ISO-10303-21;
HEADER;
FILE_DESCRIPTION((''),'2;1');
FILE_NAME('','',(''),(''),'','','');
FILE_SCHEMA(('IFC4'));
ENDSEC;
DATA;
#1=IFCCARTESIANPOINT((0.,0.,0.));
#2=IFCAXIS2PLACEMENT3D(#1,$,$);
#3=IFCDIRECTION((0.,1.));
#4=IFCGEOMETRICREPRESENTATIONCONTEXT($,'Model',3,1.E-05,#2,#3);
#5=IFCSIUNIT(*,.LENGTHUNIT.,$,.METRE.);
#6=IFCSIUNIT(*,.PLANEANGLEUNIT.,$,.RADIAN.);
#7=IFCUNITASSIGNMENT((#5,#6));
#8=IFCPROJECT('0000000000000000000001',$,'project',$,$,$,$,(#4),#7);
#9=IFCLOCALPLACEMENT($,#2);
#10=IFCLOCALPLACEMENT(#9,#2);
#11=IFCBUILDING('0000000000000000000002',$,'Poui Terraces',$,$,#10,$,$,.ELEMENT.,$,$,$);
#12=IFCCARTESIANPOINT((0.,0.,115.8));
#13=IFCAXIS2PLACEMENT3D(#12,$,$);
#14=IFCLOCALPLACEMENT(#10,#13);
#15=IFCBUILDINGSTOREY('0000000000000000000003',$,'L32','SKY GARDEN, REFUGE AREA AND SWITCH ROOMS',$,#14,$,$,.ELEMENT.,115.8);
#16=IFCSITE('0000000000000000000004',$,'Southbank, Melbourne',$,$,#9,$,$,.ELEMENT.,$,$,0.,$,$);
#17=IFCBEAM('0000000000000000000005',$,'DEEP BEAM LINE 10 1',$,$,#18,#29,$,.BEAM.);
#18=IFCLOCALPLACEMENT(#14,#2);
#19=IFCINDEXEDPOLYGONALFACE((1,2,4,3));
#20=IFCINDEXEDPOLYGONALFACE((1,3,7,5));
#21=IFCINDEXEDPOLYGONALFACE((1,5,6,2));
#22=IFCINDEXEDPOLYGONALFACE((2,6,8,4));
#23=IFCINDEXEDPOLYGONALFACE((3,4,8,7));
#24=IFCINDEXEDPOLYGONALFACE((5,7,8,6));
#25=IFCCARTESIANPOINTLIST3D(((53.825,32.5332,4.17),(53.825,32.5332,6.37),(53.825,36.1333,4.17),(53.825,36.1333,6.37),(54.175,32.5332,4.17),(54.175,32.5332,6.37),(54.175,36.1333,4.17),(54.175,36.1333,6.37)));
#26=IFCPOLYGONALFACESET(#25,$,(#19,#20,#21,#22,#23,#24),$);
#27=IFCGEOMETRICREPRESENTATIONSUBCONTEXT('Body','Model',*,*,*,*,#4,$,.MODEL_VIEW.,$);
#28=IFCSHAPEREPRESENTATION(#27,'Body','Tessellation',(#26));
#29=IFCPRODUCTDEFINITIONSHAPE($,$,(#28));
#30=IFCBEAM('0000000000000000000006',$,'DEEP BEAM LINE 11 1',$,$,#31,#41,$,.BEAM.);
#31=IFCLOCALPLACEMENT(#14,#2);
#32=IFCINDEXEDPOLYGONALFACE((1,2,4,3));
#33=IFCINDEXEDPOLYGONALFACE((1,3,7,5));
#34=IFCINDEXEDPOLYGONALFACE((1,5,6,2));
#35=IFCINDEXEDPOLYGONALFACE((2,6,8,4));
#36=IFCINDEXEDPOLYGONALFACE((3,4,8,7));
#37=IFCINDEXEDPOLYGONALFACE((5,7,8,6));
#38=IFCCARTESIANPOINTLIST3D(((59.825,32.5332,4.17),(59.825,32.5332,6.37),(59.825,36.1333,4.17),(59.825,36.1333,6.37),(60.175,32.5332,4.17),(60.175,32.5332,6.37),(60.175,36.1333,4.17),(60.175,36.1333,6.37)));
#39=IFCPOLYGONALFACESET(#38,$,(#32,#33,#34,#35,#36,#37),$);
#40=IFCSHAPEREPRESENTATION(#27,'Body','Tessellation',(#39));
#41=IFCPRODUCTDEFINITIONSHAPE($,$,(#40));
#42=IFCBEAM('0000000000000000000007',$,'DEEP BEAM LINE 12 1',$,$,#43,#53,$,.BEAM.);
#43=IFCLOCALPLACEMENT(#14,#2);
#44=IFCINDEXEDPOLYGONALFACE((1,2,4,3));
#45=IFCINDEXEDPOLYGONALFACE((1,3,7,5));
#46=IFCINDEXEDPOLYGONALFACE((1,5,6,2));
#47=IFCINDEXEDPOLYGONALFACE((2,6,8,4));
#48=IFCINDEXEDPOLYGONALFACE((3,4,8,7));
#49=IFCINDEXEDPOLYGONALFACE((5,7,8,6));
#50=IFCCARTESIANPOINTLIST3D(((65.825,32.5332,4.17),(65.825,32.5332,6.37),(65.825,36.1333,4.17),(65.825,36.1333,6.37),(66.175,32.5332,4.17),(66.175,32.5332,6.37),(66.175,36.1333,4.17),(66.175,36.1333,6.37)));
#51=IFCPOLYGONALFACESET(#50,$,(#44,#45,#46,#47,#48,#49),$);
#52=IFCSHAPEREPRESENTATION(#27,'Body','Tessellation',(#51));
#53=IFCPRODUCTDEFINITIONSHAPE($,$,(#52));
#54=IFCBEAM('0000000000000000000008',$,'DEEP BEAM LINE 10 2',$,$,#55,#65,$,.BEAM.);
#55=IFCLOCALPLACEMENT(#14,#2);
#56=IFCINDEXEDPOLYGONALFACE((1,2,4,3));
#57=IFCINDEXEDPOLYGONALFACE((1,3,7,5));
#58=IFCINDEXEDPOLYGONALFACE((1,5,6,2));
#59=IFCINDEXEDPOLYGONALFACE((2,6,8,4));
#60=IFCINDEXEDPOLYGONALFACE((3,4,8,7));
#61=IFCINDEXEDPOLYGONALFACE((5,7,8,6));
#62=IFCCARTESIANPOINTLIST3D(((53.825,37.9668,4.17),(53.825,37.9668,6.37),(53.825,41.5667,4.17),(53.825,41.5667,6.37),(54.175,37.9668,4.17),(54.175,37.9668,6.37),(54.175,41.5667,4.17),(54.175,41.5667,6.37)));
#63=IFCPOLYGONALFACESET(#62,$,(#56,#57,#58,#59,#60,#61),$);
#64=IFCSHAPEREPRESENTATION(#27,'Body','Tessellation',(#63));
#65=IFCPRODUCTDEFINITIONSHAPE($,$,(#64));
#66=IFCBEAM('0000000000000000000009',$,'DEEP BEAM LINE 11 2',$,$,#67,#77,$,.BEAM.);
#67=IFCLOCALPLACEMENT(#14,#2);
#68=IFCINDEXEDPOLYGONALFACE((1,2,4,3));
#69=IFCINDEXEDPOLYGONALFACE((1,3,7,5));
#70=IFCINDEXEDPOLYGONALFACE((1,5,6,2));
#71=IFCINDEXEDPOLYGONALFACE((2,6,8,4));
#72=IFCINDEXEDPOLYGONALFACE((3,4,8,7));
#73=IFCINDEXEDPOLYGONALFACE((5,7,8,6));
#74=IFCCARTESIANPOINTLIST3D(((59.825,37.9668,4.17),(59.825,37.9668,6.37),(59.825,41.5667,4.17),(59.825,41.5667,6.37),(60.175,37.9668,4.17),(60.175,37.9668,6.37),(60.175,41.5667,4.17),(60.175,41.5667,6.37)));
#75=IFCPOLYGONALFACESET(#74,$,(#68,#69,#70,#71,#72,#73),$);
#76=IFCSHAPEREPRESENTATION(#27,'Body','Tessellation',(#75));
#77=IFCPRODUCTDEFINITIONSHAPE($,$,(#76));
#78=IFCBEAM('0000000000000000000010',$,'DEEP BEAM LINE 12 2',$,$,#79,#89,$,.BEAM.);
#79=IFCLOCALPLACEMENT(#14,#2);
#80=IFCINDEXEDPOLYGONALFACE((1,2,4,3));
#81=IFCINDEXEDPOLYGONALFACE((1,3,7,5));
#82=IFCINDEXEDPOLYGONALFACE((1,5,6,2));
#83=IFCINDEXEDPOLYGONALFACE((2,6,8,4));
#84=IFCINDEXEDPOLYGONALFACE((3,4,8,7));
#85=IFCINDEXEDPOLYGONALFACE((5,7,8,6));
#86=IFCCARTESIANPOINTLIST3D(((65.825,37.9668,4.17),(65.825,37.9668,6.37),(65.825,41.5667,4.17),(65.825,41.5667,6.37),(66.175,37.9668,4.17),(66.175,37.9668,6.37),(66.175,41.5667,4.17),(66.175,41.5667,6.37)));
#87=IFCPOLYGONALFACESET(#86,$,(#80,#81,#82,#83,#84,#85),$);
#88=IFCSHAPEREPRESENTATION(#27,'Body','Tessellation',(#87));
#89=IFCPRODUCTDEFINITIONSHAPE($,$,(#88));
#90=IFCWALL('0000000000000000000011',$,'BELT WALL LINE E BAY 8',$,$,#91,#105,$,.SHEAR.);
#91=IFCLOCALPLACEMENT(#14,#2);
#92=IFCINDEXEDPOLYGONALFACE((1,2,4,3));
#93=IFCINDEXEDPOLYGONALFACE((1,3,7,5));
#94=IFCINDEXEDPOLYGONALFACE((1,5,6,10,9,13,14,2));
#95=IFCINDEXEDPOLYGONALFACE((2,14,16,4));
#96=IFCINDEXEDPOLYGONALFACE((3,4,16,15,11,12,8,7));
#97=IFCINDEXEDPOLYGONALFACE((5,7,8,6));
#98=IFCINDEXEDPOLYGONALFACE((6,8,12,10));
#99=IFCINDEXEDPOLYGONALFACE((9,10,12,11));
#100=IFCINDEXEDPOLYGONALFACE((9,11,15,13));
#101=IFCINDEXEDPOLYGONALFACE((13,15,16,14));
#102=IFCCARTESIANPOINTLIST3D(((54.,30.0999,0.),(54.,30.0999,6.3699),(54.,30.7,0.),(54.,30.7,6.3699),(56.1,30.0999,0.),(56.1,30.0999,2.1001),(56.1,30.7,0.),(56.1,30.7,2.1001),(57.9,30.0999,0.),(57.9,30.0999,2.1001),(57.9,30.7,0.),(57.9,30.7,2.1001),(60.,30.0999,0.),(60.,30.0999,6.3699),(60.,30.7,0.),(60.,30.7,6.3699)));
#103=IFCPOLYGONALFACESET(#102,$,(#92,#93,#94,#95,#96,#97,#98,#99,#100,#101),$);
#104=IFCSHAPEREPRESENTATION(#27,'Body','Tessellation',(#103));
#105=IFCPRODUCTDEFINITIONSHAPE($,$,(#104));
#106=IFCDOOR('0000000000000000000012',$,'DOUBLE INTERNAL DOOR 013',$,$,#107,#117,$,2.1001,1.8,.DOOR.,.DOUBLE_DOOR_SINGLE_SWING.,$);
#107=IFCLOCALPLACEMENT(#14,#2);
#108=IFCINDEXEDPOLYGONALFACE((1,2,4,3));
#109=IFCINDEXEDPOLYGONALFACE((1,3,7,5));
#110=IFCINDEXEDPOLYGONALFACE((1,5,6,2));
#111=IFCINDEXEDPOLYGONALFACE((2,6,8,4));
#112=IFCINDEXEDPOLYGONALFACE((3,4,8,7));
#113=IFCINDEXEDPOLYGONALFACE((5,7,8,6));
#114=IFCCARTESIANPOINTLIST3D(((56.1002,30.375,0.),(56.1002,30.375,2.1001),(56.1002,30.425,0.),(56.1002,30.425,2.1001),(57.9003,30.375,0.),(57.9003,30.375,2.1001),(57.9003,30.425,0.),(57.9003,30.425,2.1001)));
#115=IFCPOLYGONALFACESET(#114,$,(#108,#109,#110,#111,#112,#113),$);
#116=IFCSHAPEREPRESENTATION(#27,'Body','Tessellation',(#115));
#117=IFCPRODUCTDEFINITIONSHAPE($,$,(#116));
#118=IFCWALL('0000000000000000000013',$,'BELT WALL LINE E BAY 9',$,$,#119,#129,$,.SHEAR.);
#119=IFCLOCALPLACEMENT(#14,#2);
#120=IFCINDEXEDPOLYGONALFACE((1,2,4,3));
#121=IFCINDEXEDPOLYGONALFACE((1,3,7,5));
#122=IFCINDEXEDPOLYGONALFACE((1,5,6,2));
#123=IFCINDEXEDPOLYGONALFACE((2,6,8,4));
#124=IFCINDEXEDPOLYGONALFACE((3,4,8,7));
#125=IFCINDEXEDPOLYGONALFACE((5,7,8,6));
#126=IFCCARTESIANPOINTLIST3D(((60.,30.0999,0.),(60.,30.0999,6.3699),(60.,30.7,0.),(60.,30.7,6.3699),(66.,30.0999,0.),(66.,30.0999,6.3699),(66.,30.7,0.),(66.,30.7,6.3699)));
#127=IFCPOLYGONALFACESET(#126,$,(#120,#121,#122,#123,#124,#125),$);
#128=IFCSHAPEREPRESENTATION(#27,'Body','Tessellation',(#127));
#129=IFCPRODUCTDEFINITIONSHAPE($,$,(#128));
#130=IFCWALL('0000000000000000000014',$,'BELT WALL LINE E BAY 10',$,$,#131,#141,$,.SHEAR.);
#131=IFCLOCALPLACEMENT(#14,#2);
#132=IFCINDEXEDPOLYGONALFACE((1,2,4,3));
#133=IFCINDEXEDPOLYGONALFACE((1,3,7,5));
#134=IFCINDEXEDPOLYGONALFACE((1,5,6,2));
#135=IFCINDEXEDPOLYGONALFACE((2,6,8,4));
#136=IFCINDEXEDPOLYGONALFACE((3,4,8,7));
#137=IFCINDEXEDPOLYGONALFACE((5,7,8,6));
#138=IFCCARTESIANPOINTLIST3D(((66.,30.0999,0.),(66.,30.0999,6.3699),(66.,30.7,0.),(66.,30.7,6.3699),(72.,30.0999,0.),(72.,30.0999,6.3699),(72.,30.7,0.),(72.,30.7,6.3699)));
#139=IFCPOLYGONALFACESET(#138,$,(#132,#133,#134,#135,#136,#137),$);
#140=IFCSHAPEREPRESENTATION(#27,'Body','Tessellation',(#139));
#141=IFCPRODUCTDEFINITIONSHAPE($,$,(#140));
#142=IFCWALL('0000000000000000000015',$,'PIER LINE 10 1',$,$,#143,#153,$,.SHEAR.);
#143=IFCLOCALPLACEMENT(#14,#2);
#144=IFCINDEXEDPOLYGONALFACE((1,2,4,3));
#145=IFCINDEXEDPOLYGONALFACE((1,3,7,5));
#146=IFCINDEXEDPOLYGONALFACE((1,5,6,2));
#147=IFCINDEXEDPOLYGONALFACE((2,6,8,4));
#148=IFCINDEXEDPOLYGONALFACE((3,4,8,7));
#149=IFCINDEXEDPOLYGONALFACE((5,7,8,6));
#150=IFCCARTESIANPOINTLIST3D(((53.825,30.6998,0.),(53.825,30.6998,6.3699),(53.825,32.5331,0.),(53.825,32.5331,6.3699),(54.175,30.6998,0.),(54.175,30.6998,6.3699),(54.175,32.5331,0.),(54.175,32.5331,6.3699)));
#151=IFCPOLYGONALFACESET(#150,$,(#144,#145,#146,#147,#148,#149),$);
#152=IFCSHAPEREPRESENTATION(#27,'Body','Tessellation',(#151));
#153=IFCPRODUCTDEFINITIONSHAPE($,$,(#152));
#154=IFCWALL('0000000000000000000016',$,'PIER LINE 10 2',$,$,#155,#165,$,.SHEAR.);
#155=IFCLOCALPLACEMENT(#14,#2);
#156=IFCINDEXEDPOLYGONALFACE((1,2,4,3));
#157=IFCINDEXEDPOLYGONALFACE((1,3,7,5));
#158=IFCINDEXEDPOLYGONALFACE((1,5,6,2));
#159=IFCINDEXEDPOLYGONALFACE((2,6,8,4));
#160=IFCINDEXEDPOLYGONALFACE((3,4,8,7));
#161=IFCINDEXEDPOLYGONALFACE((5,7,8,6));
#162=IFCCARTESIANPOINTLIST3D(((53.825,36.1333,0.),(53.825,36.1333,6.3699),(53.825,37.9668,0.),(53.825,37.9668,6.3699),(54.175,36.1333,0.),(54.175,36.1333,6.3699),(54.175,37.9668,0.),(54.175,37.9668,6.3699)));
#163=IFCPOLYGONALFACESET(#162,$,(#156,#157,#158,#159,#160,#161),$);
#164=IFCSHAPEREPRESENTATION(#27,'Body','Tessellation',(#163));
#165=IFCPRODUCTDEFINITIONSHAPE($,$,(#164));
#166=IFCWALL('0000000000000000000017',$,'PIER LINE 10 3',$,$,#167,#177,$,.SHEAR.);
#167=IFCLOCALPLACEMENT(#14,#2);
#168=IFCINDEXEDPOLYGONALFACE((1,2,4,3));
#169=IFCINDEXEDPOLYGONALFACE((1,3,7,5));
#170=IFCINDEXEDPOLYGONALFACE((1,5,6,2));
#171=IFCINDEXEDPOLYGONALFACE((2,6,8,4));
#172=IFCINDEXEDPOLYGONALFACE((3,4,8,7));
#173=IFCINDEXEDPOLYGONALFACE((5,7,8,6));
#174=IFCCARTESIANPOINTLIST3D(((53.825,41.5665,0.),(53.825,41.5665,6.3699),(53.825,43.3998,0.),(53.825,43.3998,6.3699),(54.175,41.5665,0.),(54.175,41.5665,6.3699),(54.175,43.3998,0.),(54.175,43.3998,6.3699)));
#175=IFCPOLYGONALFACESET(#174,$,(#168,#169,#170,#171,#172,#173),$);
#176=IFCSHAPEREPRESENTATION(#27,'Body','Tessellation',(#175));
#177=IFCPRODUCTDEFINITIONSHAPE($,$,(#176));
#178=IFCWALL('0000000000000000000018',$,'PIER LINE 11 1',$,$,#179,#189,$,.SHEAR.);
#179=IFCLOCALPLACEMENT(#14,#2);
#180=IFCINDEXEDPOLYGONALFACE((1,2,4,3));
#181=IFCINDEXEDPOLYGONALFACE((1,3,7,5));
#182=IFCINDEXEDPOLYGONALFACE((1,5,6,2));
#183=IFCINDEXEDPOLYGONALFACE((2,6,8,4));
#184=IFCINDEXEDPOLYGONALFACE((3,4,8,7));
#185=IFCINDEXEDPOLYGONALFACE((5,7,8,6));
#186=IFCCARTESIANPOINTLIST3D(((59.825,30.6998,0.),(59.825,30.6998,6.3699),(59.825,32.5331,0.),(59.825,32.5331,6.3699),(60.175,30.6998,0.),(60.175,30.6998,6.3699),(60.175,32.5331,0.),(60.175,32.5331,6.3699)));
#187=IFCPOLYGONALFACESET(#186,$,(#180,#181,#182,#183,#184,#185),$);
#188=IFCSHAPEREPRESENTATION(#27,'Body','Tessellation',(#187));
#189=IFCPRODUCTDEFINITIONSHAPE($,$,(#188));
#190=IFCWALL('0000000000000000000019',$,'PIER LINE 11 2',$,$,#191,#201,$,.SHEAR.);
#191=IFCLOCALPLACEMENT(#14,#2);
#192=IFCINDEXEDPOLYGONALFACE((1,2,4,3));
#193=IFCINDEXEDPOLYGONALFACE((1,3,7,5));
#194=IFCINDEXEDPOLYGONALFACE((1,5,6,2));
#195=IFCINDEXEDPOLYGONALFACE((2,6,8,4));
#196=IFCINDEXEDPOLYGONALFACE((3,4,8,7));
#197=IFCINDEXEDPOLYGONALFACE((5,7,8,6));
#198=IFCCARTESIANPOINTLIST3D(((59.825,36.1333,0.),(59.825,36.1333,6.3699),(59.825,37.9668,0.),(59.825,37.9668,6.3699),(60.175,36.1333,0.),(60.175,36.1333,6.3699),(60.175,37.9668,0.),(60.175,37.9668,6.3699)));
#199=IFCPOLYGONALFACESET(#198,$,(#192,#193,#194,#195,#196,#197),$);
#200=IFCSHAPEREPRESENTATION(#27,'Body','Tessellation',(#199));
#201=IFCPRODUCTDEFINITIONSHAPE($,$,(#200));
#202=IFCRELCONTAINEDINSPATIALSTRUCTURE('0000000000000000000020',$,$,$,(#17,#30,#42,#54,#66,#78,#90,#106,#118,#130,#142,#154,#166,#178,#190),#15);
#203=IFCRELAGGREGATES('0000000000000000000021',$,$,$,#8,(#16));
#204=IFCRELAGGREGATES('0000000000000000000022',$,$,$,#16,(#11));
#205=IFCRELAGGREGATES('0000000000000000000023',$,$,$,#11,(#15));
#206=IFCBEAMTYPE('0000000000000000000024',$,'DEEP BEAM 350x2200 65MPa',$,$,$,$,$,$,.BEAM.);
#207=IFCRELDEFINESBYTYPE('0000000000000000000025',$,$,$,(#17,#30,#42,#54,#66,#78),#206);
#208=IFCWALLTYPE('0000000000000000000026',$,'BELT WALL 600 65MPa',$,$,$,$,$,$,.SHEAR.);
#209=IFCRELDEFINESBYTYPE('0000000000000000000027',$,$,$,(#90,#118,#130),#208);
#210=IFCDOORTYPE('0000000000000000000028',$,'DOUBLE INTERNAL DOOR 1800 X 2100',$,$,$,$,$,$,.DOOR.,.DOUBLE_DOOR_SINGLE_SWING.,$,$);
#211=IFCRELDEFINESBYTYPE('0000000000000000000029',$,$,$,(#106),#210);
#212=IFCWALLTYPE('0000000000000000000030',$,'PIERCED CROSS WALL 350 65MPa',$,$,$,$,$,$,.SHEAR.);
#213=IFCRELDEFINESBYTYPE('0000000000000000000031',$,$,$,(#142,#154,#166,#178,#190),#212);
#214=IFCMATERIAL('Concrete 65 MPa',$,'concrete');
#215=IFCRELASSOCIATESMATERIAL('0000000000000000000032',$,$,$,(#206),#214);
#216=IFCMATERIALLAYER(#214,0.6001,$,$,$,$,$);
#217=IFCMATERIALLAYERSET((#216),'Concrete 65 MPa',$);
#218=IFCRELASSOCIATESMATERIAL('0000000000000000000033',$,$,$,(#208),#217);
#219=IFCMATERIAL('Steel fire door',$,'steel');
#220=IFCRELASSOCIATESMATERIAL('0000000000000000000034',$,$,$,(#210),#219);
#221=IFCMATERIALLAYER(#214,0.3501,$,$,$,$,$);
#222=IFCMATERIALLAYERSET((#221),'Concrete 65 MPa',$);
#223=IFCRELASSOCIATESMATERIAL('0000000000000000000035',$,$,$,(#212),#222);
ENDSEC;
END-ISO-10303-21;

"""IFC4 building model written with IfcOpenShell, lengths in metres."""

from ifc_helpers import new_model, si_unit, direction, frame, frame_2d, origin, origin_2d, place, context, subcontext, project, spatial, rectangle, extrude, source, transform, mapped, material, layer, layer_set, material_profile, profile_set, type_object, element, fill, save


model = new_model("IFC4")

# Units and contexts
model_context = context("Model", 3, precision=1e-05, world=origin(), true_north=direction((0.0, 1.0)))
body_context = subcontext(model_context, "Body", "Model", "MODEL_VIEW")
ifc_project = project(units=[si_unit("LENGTHUNIT", "METRE"), si_unit("PLANEANGLEUNIT", "RADIAN")], contexts=[model_context])

# Site, building, storey
site_placement = place(None, origin())
site = spatial("IfcSite", under=ifc_project, at=site_placement, Name="Southbank, Melbourne", CompositionType="ELEMENT", RefElevation=0.0)
building_placement = place(site_placement, origin())
building = spatial("IfcBuilding", under=site, at=building_placement, Name="Poui Terraces", CompositionType="ELEMENT")
storey_placement = place(building_placement, frame((0.0, 0.0, 115.8)))
storey = spatial("IfcBuildingStorey", under=building, at=storey_placement, Name="L32", Description="SKY GARDEN, REFUGE AREA AND SWITCH ROOMS", CompositionType="ELEMENT", Elevation=115.8)

# Beams
ifc_material_1 = material(Name="Concrete 65 MPa", Category="concrete")
ifc_material_profile = material_profile(ifc_material_1, rectangle(XDim=0.3501, YDim=2.2, at=origin_2d()), Name="RC 350x2200")
ifc_profile_set = profile_set([ifc_material_profile], Name="Concrete 65 MPa")
beam_type = type_object("IfcBeamType", Name="DEEP BEAM 350x2200 65MPa", PredefinedType="BEAM", material=ifc_profile_set)
shared_shape_1 = source(origin(), body_context, "Body", "SweptSolid", [
    extrude(rectangle(XDim=0.3501, YDim=2.2, at=origin_2d()), origin(), (0.0, 0.0, 1.0), 3.6001),
])
for number, where, z_axis, x_axis, name in (
    (1, (54.0, 32.5332, 5.27), (0.0, 1.0, 0.0), (-1.0, 0.0, 0.0), "DEEP BEAM LINE 10 1"),
    (2, (60.0, 32.5332, 5.27), (0.0, 1.0, 0.0), (-1.0, 0.0, 0.0), "DEEP BEAM LINE 11 1"),
    (3, (66.0, 32.5332, 5.27), (0.0, 1.0, 0.0), (-1.0, 0.0, 0.0), "DEEP BEAM LINE 12 1"),
):
    element("IfcBeam", number, at=place(storey_placement, frame(where, z_axis=z_axis, x_axis=x_axis)), inside=storey, type_object=beam_type, Name=name, PredefinedType="BEAM", context=body_context, shape_type="MappedRepresentation", body=[
        mapped(shared_shape_1, transform((0.0, 0.0, 0.0))),
    ])
shared_shape_2 = source(origin(), body_context, "Body", "SweptSolid", [
    extrude(rectangle(XDim=0.3501, YDim=2.2, at=origin_2d()), origin(), (0.0, 0.0, 1.0), 3.5999),
])
for number, where, z_axis, x_axis, name in (
    (4, (54.0, 37.9668, 5.27), (0.0, 1.0, 0.0), (-1.0, 0.0, 0.0), "DEEP BEAM LINE 10 2"),
    (5, (60.0, 37.9668, 5.27), (0.0, 1.0, 0.0), (-1.0, 0.0, 0.0), "DEEP BEAM LINE 11 2"),
    (6, (66.0, 37.9668, 5.27), (0.0, 1.0, 0.0), (-1.0, 0.0, 0.0), "DEEP BEAM LINE 12 2"),
):
    element("IfcBeam", number, at=place(storey_placement, frame(where, z_axis=z_axis, x_axis=x_axis)), inside=storey, type_object=beam_type, Name=name, PredefinedType="BEAM", context=body_context, shape_type="MappedRepresentation", body=[
        mapped(shared_shape_2, transform((0.0, 0.0, 0.0))),
    ])

# Wall, opening, door
ifc_layer_1 = layer(ifc_material_1, 0.6001)
ifc_layer_set_1 = layer_set([ifc_layer_1], Name="Concrete 65 MPa")
wall_type_1 = type_object("IfcWallType", Name="BELT WALL 600 65MPa", PredefinedType="SHEAR", material=ifc_layer_set_1)
wall_1_placement = place(storey_placement, frame((54.0, 30.3999, 0.0), z_axis=(0.0, 0.0, 1.0), x_axis=(1.0, 0.0, 0.0)))
wall_1 = element("IfcWall", 7, at=wall_1_placement, inside=storey, type_object=wall_type_1, Name="BELT WALL LINE E BAY 8", PredefinedType="SHEAR", context=body_context, shape_type="SweptSolid", body=[
    extrude(rectangle(XDim=6.0, YDim=0.6001, at=frame_2d((3.0, 0.0))), origin(), (0.0, 0.0, 1.0), 6.3699),
])
opening_placement = place(wall_1_placement, frame((2.1001, 0.0, 0.0)))
opening = element("IfcOpeningElement", 8, at=opening_placement, cuts=wall_1, PredefinedType="OPENING", context=body_context, shape_type="SweptSolid", body=[
    extrude(rectangle(XDim=1.8, YDim=2.1001, at=frame_2d((0.8999, 1.05))), frame((0.0, 0.3101, 0.0), z_axis=(0.0, -1.0, 0.0), x_axis=(1.0, 0.0, 0.0)), (0.0, 0.0, 1.0), 0.6201),
])
ifc_material_2 = material(Name="Steel fire door", Category="steel")
door_type = type_object("IfcDoorType", Name="DOUBLE INTERNAL DOOR 1800 X 2100", OperationType="DOUBLE_DOOR_SINGLE_SWING", PredefinedType="DOOR", material=ifc_material_2)
door_placement = place(opening_placement, frame((1.8, 0.0, 0.0), z_axis=(0.0, 0.0, 1.0), x_axis=(-1.0, 0.0, 0.0)))
door = element("IfcDoor", 9, at=door_placement, inside=storey, type_object=door_type, Name="DOUBLE INTERNAL DOOR 013", OperationType="DOUBLE_DOOR_SINGLE_SWING", OverallHeight=2.1001, OverallWidth=1.8, PredefinedType="DOOR", context=body_context, shape_type="SweptSolid", body=[
    extrude(rectangle(XDim=1.8, YDim=2.1001, at=frame_2d((0.8999, 1.05))), frame((0.0, 0.0249, 0.0), z_axis=(0.0, -1.0, 0.0), x_axis=(1.0, 0.0, 0.0)), (0.0, 0.0, 1.0), 0.05),
])
fill(opening, door)

# Walls
for number, where, z_axis, x_axis, name in (
    (10, (60.0, 30.3999, 0.0), (0.0, 0.0, 1.0), (1.0, 0.0, 0.0), "BELT WALL LINE E BAY 9"),
    (11, (66.0, 30.3999, 0.0), (0.0, 0.0, 1.0), (1.0, 0.0, 0.0), "BELT WALL LINE E BAY 10"),
):
    element("IfcWall", number, at=place(storey_placement, frame(where, z_axis=z_axis, x_axis=x_axis)), inside=storey, type_object=wall_type_1, Name=name, PredefinedType="SHEAR", context=body_context, shape_type="SweptSolid", body=[
        extrude(rectangle(XDim=6.0, YDim=0.6001, at=frame_2d((3.0, 0.0))), origin(), (0.0, 0.0, 1.0), 6.3699),
    ])
ifc_layer_2 = layer(ifc_material_1, 0.3501)
ifc_layer_set_2 = layer_set([ifc_layer_2], Name="Concrete 65 MPa")
wall_type_2 = type_object("IfcWallType", Name="PIERCED CROSS WALL 350 65MPa", PredefinedType="SHEAR", material=ifc_layer_set_2)
wall_2_placement = place(storey_placement, frame((54.0, 30.7, 0.0), z_axis=(0.0, 0.0, 1.0), x_axis=(0.0, 1.0, 0.0)))
element("IfcWall", 12, at=wall_2_placement, inside=storey, type_object=wall_type_2, Name="PIER LINE 10 1", PredefinedType="SHEAR", context=body_context, shape_type="SweptSolid", body=[
    extrude(rectangle(XDim=1.8333, YDim=0.3501, at=frame_2d((0.9165, 0.0))), origin(), (0.0, 0.0, 1.0), 6.3699),
])
wall_3_placement = place(storey_placement, frame((54.0, 36.1333, 0.0), z_axis=(0.0, 0.0, 1.0), x_axis=(0.0, 1.0, 0.0)))
element("IfcWall", 13, at=wall_3_placement, inside=storey, type_object=wall_type_2, Name="PIER LINE 10 2", PredefinedType="SHEAR", context=body_context, shape_type="SweptSolid", body=[
    extrude(rectangle(XDim=1.8335, YDim=0.3501, at=frame_2d((0.9167, 0.0))), origin(), (0.0, 0.0, 1.0), 6.3699),
])
for number, where, z_axis, x_axis, name in (
    (14, (54.0, 41.5667, 0.0), (0.0, 0.0, 1.0), (0.0, 1.0, 0.0), "PIER LINE 10 3"),
    (15, (60.0, 30.7, 0.0), (0.0, 0.0, 1.0), (0.0, 1.0, 0.0), "PIER LINE 11 1"),
):
    element("IfcWall", number, at=place(storey_placement, frame(where, z_axis=z_axis, x_axis=x_axis)), inside=storey, type_object=wall_type_2, Name=name, PredefinedType="SHEAR", context=body_context, shape_type="SweptSolid", body=[
        extrude(rectangle(XDim=1.8333, YDim=0.3501, at=frame_2d((0.9165, 0.0))), origin(), (0.0, 0.0, 1.0), 6.3699),
    ])
wall_4_placement = place(storey_placement, frame((60.0, 36.1333, 0.0), z_axis=(0.0, 0.0, 1.0), x_axis=(0.0, 1.0, 0.0)))
element("IfcWall", 16, at=wall_4_placement, inside=storey, type_object=wall_type_2, Name="PIER LINE 11 2", PredefinedType="SHEAR", context=body_context, shape_type="SweptSolid", body=[
    extrude(rectangle(XDim=1.8335, YDim=0.3501, at=frame_2d((0.9167, 0.0))), origin(), (0.0, 0.0, 1.0), 6.3699),
])

save(model, "model.ifc")
